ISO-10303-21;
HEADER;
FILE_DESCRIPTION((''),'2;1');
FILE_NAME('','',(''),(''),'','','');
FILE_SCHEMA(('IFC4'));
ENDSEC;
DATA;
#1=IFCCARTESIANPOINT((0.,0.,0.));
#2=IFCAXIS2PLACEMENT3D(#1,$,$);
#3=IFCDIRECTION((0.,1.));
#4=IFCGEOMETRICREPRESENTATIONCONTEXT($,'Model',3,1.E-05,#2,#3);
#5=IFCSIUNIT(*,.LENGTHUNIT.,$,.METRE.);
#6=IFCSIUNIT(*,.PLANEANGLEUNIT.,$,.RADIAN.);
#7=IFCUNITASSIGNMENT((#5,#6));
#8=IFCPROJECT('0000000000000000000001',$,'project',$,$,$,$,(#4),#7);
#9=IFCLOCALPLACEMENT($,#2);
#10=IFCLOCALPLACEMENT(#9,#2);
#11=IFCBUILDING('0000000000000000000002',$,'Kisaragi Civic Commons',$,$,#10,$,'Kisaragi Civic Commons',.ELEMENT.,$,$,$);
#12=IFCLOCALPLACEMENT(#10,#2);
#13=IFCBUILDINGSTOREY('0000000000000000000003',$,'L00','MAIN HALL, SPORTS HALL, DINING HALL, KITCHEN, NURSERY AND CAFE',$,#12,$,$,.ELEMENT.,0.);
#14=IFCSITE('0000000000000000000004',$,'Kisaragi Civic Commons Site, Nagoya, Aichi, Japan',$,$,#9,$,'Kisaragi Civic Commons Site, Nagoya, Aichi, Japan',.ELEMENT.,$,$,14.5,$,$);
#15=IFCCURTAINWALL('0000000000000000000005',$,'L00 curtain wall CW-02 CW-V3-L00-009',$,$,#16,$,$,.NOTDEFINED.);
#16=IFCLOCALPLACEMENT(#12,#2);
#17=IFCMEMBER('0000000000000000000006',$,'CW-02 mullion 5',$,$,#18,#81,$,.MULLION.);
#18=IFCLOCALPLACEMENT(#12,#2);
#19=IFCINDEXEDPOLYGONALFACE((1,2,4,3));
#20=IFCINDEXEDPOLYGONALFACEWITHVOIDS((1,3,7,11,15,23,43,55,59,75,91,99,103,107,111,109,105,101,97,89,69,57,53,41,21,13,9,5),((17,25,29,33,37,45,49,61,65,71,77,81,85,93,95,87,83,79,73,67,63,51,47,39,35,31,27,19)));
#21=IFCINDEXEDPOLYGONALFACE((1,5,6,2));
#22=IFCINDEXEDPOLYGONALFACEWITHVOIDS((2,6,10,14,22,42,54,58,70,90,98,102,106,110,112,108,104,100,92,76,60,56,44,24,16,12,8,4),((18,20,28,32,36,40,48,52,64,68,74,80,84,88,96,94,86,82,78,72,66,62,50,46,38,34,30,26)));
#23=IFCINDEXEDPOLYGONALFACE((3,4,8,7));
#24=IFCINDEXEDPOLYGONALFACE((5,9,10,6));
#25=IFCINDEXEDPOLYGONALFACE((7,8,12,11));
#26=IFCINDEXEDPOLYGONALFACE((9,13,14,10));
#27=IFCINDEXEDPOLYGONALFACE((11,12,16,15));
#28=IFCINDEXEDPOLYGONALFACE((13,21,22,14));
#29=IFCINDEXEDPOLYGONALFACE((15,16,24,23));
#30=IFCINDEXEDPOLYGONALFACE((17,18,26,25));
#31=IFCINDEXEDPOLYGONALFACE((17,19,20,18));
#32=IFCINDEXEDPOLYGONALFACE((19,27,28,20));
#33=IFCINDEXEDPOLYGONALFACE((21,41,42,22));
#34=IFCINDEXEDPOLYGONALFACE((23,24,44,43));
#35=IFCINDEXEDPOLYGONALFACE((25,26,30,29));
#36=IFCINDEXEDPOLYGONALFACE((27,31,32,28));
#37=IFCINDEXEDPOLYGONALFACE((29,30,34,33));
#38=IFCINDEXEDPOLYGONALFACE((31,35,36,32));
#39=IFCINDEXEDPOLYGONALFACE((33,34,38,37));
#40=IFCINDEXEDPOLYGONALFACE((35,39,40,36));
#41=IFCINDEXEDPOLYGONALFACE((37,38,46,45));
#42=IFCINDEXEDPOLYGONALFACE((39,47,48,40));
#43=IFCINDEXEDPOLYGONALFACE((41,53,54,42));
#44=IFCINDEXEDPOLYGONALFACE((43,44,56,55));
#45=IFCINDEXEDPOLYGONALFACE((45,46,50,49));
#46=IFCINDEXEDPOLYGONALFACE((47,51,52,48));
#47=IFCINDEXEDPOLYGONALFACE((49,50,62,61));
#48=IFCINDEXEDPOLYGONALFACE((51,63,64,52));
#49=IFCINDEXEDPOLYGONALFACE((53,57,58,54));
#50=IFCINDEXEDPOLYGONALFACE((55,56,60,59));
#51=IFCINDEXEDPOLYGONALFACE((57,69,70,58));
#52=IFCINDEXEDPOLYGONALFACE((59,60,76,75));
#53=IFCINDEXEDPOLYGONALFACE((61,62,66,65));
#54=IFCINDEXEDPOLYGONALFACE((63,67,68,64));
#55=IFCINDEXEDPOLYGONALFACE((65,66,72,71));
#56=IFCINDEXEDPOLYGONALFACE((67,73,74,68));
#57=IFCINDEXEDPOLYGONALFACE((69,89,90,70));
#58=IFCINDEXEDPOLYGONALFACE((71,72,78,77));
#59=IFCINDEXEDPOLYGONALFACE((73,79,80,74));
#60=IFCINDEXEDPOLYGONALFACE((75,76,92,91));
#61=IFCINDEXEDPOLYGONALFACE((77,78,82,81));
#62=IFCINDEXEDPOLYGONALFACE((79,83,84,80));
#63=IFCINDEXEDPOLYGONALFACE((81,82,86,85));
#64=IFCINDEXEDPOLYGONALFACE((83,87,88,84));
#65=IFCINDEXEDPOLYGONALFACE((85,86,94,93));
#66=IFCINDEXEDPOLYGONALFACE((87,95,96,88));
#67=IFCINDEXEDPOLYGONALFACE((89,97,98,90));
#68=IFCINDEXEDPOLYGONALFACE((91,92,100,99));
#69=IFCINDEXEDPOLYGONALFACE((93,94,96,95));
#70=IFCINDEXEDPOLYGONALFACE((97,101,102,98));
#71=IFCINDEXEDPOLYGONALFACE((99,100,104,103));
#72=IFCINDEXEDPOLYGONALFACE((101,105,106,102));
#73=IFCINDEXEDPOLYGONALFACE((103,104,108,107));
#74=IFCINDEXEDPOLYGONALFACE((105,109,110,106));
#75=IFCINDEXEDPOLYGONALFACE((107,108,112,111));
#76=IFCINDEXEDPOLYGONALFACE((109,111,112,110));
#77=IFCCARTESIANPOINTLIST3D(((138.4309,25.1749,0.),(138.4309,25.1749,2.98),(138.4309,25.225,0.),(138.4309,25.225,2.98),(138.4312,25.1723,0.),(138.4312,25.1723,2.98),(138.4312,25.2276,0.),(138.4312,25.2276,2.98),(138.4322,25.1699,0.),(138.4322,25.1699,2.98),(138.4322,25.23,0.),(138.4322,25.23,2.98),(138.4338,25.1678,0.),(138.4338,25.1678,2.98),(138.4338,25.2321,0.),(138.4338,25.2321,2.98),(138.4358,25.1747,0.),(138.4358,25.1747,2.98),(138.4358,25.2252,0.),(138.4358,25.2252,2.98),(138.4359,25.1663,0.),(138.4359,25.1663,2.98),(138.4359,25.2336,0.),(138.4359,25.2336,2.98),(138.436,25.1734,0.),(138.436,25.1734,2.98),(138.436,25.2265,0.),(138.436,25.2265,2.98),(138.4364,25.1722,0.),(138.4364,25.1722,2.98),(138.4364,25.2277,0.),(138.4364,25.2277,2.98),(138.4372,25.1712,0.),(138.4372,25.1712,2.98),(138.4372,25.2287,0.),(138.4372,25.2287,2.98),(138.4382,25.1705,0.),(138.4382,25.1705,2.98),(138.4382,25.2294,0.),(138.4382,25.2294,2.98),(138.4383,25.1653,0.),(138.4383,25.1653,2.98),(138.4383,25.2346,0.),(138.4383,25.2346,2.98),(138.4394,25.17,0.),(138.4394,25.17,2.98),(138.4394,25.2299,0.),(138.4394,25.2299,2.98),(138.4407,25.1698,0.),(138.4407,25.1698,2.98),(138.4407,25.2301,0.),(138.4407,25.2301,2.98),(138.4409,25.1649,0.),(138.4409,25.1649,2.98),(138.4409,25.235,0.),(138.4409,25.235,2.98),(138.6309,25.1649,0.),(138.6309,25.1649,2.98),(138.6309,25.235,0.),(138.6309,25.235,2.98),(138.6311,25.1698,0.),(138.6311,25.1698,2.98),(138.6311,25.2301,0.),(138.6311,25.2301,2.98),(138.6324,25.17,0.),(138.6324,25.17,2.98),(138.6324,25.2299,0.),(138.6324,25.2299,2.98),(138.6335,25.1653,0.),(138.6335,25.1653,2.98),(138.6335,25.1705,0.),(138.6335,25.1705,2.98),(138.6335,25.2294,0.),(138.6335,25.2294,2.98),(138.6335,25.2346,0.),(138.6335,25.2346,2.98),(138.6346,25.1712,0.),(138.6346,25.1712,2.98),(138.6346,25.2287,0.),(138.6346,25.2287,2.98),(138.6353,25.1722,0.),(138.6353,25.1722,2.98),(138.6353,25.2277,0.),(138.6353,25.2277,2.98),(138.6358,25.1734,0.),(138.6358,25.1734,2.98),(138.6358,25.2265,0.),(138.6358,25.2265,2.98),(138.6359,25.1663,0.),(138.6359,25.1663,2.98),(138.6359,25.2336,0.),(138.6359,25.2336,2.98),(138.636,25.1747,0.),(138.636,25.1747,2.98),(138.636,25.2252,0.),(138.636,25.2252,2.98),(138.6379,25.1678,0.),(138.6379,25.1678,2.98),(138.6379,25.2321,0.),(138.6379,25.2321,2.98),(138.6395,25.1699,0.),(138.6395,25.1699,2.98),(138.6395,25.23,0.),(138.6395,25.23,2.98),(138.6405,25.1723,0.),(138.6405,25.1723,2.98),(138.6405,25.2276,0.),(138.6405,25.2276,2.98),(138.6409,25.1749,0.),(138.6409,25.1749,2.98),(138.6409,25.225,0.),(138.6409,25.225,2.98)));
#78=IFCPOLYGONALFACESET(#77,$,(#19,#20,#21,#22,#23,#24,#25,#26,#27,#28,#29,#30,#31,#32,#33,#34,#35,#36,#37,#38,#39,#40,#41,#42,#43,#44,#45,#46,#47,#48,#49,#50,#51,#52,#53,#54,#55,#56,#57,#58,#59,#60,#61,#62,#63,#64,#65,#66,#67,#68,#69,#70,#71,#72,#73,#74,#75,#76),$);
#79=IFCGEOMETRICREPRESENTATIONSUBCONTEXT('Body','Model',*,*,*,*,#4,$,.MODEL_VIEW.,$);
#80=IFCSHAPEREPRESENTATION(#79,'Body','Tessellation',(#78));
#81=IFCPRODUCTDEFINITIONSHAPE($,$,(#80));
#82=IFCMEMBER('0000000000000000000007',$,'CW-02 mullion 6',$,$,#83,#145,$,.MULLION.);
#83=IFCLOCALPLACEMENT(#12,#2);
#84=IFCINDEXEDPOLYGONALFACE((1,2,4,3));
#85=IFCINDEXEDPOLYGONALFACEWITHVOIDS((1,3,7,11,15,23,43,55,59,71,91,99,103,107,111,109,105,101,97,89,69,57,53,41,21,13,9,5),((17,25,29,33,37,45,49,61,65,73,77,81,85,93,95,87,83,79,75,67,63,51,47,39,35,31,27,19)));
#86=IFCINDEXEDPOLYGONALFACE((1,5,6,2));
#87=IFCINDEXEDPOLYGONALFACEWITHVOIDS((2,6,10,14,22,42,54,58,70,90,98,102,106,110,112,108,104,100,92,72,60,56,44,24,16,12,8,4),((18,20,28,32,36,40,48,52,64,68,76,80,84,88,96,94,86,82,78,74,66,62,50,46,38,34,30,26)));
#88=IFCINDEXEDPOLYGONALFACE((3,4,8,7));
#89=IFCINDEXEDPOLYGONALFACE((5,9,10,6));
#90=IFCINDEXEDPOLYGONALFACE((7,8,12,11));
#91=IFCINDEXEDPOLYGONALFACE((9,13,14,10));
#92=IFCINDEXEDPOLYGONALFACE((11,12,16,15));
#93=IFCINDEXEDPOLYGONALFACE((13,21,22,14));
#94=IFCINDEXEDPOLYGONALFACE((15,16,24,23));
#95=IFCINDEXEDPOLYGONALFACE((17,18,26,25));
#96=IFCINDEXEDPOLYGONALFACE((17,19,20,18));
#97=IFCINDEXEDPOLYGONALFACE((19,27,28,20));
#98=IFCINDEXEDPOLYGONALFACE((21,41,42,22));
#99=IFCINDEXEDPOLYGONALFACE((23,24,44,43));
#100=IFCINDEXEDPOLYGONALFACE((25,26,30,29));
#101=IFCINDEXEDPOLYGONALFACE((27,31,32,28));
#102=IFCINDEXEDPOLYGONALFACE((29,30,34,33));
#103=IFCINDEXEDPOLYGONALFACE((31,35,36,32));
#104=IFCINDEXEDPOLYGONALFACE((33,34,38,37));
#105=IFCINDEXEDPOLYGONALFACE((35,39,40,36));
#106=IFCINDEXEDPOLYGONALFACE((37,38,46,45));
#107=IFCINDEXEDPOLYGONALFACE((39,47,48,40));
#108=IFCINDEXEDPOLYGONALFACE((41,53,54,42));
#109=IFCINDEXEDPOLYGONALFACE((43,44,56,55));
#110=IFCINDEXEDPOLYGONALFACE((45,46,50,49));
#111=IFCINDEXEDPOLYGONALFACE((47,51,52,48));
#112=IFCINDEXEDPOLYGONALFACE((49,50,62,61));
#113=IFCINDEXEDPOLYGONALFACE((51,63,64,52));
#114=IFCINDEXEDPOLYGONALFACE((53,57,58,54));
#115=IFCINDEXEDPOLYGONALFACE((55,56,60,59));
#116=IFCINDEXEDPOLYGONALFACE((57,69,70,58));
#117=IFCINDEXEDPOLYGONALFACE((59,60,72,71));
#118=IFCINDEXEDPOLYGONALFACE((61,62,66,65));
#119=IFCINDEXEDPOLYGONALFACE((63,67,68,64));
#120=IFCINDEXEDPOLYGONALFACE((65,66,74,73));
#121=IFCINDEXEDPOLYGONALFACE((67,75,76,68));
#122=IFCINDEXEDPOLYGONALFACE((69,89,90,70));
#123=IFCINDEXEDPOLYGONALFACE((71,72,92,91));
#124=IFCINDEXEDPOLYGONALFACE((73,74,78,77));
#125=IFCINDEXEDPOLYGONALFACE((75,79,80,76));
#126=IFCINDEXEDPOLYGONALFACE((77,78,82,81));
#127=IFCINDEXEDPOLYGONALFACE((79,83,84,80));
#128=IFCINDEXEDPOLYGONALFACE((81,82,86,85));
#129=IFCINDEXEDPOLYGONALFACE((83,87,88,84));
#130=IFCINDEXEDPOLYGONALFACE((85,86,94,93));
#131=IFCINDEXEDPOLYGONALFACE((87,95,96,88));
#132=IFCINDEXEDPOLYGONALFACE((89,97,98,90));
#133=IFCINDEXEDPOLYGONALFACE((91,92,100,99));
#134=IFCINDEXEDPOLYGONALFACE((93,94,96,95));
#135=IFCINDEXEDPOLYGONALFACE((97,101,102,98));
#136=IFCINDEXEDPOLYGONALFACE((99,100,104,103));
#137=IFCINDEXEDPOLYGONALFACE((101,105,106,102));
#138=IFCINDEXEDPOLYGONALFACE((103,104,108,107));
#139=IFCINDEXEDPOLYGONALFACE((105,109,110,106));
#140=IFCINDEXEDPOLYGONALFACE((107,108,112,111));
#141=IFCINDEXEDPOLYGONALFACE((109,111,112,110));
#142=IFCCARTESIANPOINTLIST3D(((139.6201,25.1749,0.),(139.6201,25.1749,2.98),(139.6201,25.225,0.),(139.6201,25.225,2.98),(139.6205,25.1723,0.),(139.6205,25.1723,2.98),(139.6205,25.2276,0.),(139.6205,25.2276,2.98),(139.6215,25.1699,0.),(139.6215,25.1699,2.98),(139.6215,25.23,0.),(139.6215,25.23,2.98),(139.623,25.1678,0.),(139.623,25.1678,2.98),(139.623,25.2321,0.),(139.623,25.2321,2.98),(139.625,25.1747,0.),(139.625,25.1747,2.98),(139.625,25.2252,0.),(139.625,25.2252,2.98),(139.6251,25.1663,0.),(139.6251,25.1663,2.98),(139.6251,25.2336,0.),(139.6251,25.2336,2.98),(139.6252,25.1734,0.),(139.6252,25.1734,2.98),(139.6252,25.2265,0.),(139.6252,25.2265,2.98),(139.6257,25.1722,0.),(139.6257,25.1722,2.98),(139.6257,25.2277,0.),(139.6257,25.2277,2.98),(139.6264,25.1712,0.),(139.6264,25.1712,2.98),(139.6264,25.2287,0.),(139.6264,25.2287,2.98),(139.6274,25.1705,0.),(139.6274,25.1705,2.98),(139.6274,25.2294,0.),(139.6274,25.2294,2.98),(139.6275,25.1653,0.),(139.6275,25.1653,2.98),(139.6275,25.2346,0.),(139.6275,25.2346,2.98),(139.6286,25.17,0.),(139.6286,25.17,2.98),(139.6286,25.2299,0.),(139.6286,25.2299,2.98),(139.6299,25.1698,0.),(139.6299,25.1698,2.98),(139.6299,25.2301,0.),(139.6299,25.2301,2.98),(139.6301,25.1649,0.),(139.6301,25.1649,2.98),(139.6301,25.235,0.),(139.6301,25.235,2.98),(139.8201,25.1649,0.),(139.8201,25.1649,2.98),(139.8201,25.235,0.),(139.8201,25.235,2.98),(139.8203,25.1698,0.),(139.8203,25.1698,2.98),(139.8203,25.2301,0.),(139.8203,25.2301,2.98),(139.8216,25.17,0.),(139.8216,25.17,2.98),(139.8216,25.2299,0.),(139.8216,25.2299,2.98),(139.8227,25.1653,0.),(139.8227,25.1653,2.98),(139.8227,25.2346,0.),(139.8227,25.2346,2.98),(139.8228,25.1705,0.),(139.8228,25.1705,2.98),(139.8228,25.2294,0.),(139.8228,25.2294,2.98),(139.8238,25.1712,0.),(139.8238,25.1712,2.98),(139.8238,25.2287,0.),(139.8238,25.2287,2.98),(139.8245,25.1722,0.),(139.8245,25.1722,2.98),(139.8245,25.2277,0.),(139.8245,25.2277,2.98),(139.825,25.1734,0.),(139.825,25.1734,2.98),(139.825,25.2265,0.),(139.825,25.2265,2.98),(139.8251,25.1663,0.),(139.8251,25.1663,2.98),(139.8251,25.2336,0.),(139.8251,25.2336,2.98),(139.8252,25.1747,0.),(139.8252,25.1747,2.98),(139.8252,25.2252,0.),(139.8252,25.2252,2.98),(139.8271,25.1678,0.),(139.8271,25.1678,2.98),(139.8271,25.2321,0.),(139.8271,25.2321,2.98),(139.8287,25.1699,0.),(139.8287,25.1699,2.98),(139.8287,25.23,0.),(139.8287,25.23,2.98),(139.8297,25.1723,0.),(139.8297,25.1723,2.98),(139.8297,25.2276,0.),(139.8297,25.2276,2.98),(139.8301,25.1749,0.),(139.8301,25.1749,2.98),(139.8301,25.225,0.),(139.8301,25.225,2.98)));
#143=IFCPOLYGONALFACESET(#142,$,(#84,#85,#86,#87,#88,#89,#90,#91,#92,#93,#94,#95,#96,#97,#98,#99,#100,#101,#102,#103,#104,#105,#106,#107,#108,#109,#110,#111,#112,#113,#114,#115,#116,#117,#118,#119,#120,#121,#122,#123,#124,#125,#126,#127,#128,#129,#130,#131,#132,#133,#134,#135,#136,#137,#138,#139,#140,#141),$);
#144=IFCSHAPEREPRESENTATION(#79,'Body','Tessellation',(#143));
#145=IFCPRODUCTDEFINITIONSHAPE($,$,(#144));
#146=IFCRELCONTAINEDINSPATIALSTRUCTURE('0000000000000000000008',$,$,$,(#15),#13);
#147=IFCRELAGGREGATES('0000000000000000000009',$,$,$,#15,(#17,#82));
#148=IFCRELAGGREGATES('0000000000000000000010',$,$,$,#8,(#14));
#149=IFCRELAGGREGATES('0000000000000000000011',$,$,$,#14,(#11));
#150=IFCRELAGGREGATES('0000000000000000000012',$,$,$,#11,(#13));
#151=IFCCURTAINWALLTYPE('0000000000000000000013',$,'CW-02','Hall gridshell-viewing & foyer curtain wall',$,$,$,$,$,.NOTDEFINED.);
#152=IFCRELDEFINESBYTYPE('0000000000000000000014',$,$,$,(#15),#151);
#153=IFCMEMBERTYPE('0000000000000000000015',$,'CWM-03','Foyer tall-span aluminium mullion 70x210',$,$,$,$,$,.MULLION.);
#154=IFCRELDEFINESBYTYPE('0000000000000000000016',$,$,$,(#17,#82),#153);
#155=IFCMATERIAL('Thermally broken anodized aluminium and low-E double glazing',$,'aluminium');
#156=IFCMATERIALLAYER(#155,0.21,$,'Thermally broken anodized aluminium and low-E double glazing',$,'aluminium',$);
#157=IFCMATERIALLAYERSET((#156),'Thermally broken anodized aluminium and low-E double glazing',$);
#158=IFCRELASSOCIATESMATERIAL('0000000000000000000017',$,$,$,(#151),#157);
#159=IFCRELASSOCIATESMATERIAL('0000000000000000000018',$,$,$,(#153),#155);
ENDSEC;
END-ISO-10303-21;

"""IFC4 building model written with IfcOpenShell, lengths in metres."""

from ifc_helpers import new_model, si_unit, direction, frame, origin, origin_2d, place, context, subcontext, project, spatial, hollow_rectangle, extrude, material, layer, layer_set, material_profile, profile_set, type_object, element, aggregate, save


model = new_model("IFC4")

# Units and contexts
model_context = context("Model", 3, precision=1e-05, world=origin(), true_north=direction((0.0, 1.0)))
body_context = subcontext(model_context, "Body", "Model", "MODEL_VIEW")
ifc_project = project(units=[si_unit("LENGTHUNIT", "METRE"), si_unit("PLANEANGLEUNIT", "RADIAN")], contexts=[model_context])

# Site, building, storey
site_placement = place(None, origin())
site = spatial("IfcSite", under=ifc_project, at=site_placement, Name="Kisaragi Civic Commons Site, Nagoya, Aichi, Japan", LongName="Kisaragi Civic Commons Site, Nagoya, Aichi, Japan", CompositionType="ELEMENT", RefElevation=14.5)
building_placement = place(site_placement, origin())
building = spatial("IfcBuilding", under=site, at=building_placement, Name="Kisaragi Civic Commons", LongName="Kisaragi Civic Commons", CompositionType="ELEMENT")
storey_placement = place(building_placement, origin())
storey = spatial("IfcBuildingStorey", under=building, at=storey_placement, Name="L00", Description="MAIN HALL, SPORTS HALL, DINING HALL, KITCHEN, NURSERY AND CAFE", CompositionType="ELEMENT", Elevation=0.0)

# Curtain wall, members
ifc_material = material(Name="Thermally broken anodized aluminium and low-E double glazing", Category="aluminium")
ifc_layer_1 = layer(ifc_material, 0.21, Name="Thermally broken anodized aluminium and low-E double glazing", Category="aluminium")
ifc_layer_set_1 = layer_set([ifc_layer_1], Name="Thermally broken anodized aluminium and low-E double glazing")
curtain_wall_type = type_object("IfcCurtainWallType", Name="CW-02", Description="Hall gridshell-viewing & foyer curtain wall", PredefinedType="NOTDEFINED", material=ifc_layer_set_1)
curtain_wall_1_placement = place(storey_placement, origin())
curtain_wall_1 = element("IfcCurtainWall", 1, at=curtain_wall_1_placement, inside=storey, type_object=curtain_wall_type, Name="L00 curtain wall CW-02 CW-V3-L00-009", PredefinedType="NOTDEFINED")
ifc_material_profile_1 = material_profile(ifc_material, hollow_rectangle(XDim=0.0701, YDim=0.21, WallThickness=0.0049, InnerFilletRadius=0.0049, OuterFilletRadius=0.01, at=origin_2d()), Name="CWM-70x210x5", Category="aluminium")
ifc_profile_set_1 = profile_set([ifc_material_profile_1], Name="Thermally broken anodized aluminium and low-E double glazing")
member_type_1 = type_object("IfcMemberType", Name="CWM-03", Description="Foyer tall-span aluminium mullion 70x210", PredefinedType="MULLION", material=ifc_profile_set_1)
member_1_placement = place(storey_placement, frame((138.5359, 25.2, 0.0), z_axis=(0.0, 0.0, 1.0), x_axis=(0.0, 1.0, 0.0)))
member_1 = element("IfcMember", 2, at=member_1_placement, type_object=member_type_1, Name="CW-02 mullion 5", PredefinedType="MULLION", context=body_context, shape_type="SweptSolid", body=[
    extrude(hollow_rectangle(XDim=0.0701, YDim=0.21, WallThickness=0.0049, InnerFilletRadius=0.0049, OuterFilletRadius=0.01, at=origin_2d()), origin(), (0.0, 0.0, 1.0), 2.98),
])
member_2_placement = place(storey_placement, frame((139.7251, 25.2, 0.0), z_axis=(0.0, 0.0, 1.0), x_axis=(0.0, 1.0, 0.0)))
member_2 = element("IfcMember", 3, at=member_2_placement, type_object=member_type_1, Name="CW-02 mullion 6", PredefinedType="MULLION", context=body_context, shape_type="SweptSolid", body=[
    extrude(hollow_rectangle(XDim=0.0701, YDim=0.21, WallThickness=0.0049, InnerFilletRadius=0.0049, OuterFilletRadius=0.01, at=origin_2d()), origin(), (0.0, 0.0, 1.0), 2.98),
])

aggregate(curtain_wall_1, [member_1, member_2])

save(model, "model.ifc")
